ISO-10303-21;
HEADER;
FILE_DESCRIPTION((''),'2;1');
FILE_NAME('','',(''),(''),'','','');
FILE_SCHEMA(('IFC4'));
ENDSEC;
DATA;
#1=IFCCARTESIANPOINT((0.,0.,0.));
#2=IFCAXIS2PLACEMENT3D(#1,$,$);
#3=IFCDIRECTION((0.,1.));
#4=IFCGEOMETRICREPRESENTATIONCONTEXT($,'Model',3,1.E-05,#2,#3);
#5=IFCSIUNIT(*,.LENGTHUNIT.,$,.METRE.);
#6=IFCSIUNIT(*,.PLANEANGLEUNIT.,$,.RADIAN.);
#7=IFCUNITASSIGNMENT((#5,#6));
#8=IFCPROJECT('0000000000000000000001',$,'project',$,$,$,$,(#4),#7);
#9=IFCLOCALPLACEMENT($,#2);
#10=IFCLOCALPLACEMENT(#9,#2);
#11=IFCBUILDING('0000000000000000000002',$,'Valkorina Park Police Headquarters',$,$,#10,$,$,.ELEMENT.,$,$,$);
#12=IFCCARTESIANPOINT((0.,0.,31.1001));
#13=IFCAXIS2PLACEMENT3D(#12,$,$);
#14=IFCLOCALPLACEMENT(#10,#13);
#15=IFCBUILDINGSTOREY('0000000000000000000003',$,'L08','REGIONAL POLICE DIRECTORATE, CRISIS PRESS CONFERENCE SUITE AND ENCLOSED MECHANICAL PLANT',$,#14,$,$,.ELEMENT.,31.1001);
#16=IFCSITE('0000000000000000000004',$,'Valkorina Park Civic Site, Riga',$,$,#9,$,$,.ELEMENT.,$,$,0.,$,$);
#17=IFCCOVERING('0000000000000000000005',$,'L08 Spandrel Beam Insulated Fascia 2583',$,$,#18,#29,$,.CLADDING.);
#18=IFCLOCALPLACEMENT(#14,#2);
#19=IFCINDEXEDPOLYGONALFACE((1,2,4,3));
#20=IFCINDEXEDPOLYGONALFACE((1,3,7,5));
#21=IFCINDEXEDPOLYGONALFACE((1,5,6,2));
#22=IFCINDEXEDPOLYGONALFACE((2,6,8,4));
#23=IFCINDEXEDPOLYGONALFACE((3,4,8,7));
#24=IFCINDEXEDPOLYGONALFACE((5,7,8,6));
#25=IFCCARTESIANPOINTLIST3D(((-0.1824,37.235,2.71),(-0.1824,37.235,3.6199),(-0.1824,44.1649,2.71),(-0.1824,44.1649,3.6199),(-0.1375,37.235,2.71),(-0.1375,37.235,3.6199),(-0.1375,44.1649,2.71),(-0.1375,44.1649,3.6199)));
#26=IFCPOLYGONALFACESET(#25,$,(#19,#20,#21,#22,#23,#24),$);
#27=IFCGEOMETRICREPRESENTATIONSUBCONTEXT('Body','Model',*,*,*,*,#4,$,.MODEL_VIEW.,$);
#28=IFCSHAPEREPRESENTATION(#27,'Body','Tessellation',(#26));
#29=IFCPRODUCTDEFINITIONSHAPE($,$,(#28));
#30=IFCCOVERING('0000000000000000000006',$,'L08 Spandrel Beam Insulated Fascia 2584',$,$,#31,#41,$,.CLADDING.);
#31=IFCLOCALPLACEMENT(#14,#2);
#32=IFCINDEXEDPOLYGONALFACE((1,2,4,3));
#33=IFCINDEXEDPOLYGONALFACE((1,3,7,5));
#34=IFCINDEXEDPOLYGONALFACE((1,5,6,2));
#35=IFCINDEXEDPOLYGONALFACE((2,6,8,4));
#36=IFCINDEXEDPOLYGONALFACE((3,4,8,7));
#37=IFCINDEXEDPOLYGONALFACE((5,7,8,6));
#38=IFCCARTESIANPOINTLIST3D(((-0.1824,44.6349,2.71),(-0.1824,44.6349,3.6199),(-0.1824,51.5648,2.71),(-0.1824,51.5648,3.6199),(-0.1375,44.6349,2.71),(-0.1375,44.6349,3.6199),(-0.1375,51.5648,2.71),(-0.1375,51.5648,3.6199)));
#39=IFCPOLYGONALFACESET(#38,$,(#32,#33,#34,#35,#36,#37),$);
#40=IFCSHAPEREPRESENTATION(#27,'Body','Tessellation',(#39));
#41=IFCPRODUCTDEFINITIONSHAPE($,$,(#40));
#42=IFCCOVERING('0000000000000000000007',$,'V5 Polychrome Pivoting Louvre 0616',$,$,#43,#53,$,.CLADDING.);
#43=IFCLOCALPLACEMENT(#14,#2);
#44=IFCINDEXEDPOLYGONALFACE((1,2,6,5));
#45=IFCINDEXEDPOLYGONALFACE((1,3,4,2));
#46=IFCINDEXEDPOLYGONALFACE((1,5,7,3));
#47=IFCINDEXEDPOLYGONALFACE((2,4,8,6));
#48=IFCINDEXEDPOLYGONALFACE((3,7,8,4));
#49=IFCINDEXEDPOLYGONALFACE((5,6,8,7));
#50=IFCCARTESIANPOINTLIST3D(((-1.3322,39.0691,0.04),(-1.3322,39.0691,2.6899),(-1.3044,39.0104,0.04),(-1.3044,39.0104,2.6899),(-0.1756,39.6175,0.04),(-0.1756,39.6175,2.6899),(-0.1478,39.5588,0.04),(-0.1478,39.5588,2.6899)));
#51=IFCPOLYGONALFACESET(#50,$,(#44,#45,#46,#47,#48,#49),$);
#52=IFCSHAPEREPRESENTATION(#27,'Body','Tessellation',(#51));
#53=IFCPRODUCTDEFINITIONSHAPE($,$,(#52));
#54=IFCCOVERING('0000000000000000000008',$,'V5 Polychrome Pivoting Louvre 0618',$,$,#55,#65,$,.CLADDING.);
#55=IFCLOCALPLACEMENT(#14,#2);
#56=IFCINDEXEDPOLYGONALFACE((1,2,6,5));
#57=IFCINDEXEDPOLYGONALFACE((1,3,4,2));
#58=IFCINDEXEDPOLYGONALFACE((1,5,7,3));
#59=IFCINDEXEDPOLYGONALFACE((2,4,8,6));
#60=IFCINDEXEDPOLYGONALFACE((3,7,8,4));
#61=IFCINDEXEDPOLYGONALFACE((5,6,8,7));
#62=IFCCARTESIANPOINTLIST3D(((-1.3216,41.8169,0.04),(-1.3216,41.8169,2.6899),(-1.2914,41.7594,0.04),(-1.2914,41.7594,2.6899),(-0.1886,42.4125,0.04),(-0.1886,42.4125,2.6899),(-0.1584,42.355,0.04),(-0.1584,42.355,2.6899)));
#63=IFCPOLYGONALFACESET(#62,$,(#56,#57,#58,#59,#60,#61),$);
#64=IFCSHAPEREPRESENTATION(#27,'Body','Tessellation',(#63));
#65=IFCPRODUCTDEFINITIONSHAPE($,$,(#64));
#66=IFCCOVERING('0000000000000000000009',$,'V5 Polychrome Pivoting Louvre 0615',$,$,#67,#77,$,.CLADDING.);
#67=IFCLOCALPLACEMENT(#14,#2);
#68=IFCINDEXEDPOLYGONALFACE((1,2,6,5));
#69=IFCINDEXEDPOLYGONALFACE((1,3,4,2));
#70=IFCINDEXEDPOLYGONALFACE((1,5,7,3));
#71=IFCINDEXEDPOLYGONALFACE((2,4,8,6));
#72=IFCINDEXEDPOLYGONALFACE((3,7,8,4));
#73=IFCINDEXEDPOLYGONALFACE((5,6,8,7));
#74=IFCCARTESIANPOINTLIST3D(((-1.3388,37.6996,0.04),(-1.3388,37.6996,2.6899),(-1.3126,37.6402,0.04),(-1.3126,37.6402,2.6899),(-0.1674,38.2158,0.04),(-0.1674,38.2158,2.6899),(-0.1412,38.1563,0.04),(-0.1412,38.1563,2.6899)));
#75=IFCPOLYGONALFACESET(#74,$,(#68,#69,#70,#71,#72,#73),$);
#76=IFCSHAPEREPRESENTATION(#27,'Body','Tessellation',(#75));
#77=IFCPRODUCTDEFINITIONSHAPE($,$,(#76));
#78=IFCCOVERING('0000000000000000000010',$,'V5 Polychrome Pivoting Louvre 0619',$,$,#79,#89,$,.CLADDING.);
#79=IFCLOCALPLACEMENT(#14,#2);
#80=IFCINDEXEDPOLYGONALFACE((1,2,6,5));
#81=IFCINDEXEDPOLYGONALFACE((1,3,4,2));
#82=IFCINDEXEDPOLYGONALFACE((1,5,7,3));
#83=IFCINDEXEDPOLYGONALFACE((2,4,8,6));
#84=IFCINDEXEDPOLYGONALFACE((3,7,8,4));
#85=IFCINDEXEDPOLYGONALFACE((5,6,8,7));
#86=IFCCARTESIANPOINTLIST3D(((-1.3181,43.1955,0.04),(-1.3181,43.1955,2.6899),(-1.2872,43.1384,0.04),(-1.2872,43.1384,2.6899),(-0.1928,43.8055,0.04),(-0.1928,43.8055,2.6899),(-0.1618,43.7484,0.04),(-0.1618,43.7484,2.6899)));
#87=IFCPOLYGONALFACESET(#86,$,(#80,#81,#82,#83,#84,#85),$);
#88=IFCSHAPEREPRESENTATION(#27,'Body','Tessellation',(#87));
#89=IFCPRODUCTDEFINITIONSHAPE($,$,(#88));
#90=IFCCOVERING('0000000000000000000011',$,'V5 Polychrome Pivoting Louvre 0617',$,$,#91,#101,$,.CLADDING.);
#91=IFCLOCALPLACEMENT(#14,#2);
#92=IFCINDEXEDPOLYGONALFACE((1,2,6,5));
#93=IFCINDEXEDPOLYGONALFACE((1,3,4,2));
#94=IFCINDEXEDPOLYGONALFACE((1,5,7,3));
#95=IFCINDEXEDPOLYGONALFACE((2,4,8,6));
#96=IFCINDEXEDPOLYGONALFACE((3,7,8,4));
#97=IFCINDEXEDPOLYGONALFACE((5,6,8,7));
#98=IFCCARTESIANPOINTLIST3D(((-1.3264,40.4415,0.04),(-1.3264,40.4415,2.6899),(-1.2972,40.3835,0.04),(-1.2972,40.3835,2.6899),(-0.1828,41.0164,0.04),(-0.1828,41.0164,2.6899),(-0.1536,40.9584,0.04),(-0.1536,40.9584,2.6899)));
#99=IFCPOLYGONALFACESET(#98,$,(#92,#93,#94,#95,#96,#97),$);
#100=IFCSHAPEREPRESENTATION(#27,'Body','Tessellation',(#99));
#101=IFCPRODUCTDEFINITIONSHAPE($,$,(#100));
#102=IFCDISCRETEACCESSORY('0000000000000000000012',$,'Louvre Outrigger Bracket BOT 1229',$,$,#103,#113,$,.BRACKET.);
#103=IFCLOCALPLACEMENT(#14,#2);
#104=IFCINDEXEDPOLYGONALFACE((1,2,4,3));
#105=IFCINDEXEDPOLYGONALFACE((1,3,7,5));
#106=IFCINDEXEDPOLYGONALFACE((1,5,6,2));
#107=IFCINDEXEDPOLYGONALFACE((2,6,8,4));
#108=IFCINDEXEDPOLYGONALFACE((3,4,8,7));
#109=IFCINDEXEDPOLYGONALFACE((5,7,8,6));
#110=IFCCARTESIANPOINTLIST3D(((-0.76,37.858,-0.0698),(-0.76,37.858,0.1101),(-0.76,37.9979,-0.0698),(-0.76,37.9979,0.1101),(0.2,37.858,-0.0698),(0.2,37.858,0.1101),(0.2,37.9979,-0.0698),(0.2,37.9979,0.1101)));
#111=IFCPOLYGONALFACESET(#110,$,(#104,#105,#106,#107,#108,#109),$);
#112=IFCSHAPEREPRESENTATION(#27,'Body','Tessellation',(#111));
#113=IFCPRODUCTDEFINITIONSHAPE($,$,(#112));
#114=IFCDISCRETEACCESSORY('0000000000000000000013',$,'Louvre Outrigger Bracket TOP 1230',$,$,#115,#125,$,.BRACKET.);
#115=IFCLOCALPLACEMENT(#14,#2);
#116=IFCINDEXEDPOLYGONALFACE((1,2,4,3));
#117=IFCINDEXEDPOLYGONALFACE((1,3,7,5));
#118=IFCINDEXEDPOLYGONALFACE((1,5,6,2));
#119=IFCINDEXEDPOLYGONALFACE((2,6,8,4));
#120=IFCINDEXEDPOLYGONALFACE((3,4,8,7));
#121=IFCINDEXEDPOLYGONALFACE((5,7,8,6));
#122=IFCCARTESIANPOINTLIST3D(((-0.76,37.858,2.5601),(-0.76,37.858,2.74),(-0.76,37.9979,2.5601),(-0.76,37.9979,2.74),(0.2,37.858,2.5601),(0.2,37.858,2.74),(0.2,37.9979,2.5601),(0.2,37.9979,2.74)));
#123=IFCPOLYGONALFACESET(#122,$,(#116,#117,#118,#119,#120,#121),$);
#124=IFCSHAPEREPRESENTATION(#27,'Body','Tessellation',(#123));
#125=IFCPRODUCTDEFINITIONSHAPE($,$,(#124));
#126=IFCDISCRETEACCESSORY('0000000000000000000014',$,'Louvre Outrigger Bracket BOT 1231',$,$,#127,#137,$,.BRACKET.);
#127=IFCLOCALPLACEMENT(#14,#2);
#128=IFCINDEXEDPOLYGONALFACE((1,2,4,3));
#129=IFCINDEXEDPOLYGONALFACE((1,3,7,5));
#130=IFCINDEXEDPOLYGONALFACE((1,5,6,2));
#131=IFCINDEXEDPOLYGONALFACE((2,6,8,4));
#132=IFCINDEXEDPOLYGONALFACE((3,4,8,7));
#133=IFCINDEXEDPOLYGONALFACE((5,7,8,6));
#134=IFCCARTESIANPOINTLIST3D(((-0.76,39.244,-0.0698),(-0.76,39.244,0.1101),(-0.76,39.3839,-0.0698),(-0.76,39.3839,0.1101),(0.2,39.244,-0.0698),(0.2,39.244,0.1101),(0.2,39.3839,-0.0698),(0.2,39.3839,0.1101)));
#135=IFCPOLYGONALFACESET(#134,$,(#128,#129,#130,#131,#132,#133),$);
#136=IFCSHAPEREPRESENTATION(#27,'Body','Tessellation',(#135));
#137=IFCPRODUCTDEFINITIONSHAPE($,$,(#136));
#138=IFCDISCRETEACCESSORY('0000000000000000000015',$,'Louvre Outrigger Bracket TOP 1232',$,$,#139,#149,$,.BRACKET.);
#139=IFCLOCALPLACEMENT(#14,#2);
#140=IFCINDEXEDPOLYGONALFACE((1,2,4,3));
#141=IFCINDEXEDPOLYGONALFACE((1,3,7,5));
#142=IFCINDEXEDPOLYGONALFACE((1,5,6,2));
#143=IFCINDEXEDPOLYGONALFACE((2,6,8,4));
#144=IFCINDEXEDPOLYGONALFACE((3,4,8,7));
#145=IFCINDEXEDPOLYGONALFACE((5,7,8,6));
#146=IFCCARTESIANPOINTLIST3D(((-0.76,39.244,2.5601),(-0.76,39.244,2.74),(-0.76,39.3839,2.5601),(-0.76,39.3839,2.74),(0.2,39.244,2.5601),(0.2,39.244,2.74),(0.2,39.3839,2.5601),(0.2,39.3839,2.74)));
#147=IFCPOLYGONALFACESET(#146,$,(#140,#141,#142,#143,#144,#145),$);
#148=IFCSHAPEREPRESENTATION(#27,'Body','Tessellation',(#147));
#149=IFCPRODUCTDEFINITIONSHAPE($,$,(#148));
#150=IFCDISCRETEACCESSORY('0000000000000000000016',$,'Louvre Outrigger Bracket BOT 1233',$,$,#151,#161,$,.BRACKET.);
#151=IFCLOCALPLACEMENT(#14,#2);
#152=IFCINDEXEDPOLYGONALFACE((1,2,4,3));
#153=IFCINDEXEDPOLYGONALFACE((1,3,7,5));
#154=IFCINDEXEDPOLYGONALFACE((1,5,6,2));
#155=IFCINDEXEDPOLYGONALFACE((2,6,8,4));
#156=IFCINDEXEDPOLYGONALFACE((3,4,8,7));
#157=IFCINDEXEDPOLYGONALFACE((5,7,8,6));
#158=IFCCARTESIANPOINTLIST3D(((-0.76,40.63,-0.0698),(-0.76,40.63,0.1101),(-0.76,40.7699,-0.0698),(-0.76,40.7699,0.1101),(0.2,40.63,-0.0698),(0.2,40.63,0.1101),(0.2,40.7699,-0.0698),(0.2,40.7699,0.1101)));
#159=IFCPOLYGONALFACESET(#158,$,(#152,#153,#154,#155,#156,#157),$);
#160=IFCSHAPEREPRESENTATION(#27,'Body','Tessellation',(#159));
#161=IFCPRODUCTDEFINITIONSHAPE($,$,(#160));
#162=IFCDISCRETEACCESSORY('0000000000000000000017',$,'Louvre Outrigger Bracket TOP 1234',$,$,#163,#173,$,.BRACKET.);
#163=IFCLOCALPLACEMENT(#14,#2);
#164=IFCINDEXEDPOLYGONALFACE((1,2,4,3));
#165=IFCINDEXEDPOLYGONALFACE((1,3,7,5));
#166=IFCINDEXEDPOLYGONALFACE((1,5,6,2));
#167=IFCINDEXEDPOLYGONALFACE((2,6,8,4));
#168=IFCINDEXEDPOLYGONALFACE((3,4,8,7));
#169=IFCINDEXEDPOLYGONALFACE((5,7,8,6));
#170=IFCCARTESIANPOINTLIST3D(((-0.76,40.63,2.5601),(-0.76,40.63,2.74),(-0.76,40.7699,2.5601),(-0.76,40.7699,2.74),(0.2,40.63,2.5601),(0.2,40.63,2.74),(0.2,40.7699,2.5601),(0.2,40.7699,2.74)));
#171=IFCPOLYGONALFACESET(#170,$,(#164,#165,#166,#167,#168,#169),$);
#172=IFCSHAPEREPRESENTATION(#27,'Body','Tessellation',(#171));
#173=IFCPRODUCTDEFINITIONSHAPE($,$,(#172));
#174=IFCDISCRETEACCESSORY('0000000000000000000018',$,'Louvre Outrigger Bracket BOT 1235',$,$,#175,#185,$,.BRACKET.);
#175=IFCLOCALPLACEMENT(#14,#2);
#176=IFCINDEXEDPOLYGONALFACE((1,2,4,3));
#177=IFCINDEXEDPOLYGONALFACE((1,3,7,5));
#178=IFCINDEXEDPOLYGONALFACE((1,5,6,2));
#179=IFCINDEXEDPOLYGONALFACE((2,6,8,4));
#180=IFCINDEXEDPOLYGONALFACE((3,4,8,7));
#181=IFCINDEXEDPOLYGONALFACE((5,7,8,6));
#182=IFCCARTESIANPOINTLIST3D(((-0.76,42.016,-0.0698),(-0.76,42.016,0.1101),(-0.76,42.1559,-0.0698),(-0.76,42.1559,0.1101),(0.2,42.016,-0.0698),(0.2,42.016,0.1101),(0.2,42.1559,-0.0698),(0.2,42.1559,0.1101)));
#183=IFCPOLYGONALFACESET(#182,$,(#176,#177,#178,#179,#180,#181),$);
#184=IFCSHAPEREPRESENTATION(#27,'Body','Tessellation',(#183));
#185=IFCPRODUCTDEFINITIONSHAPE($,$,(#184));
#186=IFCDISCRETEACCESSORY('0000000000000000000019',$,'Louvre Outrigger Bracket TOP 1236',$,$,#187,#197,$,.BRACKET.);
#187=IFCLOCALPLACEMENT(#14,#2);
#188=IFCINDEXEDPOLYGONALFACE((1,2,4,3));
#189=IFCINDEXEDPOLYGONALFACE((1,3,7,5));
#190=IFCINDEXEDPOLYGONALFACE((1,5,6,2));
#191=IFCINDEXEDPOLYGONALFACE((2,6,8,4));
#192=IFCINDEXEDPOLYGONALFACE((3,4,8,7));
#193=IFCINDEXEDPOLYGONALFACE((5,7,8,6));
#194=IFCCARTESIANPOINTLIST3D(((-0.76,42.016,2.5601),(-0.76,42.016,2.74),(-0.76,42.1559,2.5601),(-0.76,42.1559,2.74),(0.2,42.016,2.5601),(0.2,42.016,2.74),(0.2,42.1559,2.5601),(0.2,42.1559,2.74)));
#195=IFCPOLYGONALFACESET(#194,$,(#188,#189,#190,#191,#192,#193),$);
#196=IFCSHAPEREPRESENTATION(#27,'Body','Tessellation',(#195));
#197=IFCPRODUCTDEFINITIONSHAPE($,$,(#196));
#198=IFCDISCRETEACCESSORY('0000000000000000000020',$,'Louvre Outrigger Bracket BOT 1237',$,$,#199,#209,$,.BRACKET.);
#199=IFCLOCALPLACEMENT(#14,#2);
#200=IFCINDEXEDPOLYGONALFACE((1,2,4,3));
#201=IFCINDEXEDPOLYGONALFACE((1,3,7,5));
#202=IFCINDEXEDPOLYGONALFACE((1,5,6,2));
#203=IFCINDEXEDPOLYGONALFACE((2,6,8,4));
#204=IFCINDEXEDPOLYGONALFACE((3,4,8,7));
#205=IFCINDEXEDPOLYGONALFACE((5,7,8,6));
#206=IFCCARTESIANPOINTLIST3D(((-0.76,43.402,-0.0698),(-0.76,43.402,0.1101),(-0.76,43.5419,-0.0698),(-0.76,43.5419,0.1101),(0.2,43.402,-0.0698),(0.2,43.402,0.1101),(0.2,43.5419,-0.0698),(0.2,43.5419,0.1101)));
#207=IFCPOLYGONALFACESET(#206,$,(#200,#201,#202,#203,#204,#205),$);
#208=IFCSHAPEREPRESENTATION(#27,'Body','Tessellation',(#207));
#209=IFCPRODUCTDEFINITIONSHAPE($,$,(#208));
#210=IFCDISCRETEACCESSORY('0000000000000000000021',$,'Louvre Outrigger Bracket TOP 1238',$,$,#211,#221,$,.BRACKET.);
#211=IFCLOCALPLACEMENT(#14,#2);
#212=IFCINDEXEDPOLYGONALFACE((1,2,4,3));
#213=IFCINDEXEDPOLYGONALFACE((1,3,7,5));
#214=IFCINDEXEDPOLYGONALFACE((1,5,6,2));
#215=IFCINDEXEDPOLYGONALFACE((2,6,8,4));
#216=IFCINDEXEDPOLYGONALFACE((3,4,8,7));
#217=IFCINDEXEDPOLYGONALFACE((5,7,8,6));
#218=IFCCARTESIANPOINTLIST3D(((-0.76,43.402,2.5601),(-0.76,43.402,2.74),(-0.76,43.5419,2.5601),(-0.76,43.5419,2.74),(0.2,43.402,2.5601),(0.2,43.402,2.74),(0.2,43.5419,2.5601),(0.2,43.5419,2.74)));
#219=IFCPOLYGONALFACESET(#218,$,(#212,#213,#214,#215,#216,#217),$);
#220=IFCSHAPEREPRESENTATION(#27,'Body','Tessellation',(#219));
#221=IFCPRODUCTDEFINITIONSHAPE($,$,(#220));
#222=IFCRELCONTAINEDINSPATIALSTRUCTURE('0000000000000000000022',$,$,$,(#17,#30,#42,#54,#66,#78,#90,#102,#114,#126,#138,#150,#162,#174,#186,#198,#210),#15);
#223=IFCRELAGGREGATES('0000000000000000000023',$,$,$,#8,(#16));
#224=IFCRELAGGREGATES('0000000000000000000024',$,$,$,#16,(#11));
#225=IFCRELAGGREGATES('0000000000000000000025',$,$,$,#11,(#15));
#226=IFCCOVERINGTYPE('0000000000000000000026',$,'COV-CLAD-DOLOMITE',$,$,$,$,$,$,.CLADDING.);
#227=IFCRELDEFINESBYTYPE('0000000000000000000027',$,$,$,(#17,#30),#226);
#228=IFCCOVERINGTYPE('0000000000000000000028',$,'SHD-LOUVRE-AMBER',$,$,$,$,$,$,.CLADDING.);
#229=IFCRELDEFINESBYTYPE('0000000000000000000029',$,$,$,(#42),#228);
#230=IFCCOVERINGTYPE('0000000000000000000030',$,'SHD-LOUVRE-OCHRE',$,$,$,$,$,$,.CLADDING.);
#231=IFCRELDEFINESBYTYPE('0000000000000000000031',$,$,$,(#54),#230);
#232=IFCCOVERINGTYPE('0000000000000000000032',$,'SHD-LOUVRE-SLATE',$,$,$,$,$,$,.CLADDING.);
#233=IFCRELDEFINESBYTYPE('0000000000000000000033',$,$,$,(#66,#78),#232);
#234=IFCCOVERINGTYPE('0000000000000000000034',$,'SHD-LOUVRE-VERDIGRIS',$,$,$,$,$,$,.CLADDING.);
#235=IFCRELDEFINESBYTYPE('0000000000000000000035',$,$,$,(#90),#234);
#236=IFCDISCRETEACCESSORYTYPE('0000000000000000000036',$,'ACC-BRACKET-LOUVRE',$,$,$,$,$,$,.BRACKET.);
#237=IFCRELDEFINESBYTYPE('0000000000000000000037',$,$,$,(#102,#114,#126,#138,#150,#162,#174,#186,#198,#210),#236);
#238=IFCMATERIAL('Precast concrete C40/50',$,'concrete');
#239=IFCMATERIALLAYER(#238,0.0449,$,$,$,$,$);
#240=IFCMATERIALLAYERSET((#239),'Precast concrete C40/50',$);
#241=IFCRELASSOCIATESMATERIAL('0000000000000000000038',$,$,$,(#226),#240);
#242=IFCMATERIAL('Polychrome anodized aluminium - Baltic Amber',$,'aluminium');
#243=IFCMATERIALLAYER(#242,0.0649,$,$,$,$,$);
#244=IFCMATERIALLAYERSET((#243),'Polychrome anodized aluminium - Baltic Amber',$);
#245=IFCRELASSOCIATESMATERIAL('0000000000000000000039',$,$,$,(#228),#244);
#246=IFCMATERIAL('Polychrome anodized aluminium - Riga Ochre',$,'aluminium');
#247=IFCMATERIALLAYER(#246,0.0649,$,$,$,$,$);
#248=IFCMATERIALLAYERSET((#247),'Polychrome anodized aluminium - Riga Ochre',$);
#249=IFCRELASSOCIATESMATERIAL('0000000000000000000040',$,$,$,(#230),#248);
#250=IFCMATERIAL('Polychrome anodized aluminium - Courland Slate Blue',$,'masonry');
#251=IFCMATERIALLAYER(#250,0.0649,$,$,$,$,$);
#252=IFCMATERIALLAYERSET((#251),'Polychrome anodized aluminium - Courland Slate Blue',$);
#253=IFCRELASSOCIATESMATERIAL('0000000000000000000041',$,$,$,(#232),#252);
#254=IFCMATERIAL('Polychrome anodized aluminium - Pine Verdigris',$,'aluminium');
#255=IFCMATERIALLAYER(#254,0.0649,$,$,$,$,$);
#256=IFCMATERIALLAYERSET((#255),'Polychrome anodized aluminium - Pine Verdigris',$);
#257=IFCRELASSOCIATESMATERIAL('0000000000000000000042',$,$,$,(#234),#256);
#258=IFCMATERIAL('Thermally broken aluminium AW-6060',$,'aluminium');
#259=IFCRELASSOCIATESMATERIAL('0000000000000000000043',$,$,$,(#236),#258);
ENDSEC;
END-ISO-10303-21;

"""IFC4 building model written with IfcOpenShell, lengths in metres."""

from ifc_helpers import new_model, si_unit, direction, frame, frame_2d, origin, origin_2d, place, context, subcontext, project, spatial, rectangle, extrude, material, layer, layer_set, type_object, element, save


model = new_model("IFC4")

# Units and contexts
model_context = context("Model", 3, precision=1e-05, world=origin(), true_north=direction((0.0, 1.0)))
body_context = subcontext(model_context, "Body", "Model", "MODEL_VIEW")
ifc_project = project(units=[si_unit("LENGTHUNIT", "METRE"), si_unit("PLANEANGLEUNIT", "RADIAN")], contexts=[model_context])

# Site, building, storey
site_placement = place(None, origin())
site = spatial("IfcSite", under=ifc_project, at=site_placement, Name="Valkorina Park Civic Site, Riga", CompositionType="ELEMENT", RefElevation=0.0)
building_placement = place(site_placement, origin())
building = spatial("IfcBuilding", under=site, at=building_placement, Name="Valkorina Park Police Headquarters", CompositionType="ELEMENT")
storey_placement = place(building_placement, frame((0.0, 0.0, 31.1001)))
storey = spatial("IfcBuildingStorey", under=building, at=storey_placement, Name="L08", Description="REGIONAL POLICE DIRECTORATE, CRISIS PRESS CONFERENCE SUITE AND ENCLOSED MECHANICAL PLANT", CompositionType="ELEMENT", Elevation=31.1001)

# Shared definitions
ifc_material_1 = material(Name="Thermally broken aluminium AW-6060", Category="aluminium")

# Coverings
ifc_material_2 = material(Name="Precast concrete C40/50", Category="concrete")
ifc_layer_1 = layer(ifc_material_2, 0.0449)
ifc_layer_set_1 = layer_set([ifc_layer_1], Name="Precast concrete C40/50")
covering_type_1 = type_object("IfcCoveringType", Name="COV-CLAD-DOLOMITE", PredefinedType="CLADDING", material=ifc_layer_set_1)
for number, where, z_axis, x_axis, name in (
    (1, (-0.1599, 37.2351, 2.71), (0.0, 0.0, 1.0), (0.0, 1.0, 0.0), "L08 Spandrel Beam Insulated Fascia 2583"),
    (2, (-0.1599, 44.635, 2.71), (0.0, 0.0, 1.0), (0.0, 1.0, 0.0), "L08 Spandrel Beam Insulated Fascia 2584"),
):
    element("IfcCovering", number, at=place(storey_placement, frame(where, z_axis=z_axis, x_axis=x_axis)), inside=storey, type_object=covering_type_1, Name=name, PredefinedType="CLADDING", context=body_context, shape_type="SweptSolid", body=[
        extrude(rectangle(XDim=6.9299, YDim=0.0449, at=frame_2d((3.4648, 0.0))), origin(), (0.0, 0.0, 1.0), 0.9099),
    ])
ifc_material_3 = material(Name="Polychrome anodized aluminium - Baltic Amber", Category="aluminium")
ifc_layer_2 = layer(ifc_material_3, 0.0649)
ifc_layer_set_2 = layer_set([ifc_layer_2], Name="Polychrome anodized aluminium - Baltic Amber")
covering_type_2 = type_object("IfcCoveringType", Name="SHD-LOUVRE-AMBER", PredefinedType="CLADDING", material=ifc_layer_set_2)
covering_1_placement = place(storey_placement, frame((-0.74, 39.314, 0.04), z_axis=(0.0, 0.0, 1.0), x_axis=(-0.90356, -0.428462, 0.0)))
element("IfcCovering", 3, at=covering_1_placement, inside=storey, type_object=covering_type_2, Name="V5 Polychrome Pivoting Louvre 0616", PredefinedType="CLADDING", context=body_context, shape_type="SweptSolid", body=[
    extrude(rectangle(XDim=1.28, YDim=0.0649, at=origin_2d()), origin(), (0.0, 0.0, 1.0), 2.6499),
])
ifc_material_4 = material(Name="Polychrome anodized aluminium - Riga Ochre", Category="aluminium")
ifc_layer_3 = layer(ifc_material_4, 0.0649)
ifc_layer_set_3 = layer_set([ifc_layer_3], Name="Polychrome anodized aluminium - Riga Ochre")
covering_type_3 = type_object("IfcCoveringType", Name="SHD-LOUVRE-OCHRE", PredefinedType="CLADDING", material=ifc_layer_set_3)
covering_2_placement = place(storey_placement, frame((-0.74, 42.0859, 0.04), z_axis=(0.0, 0.0, 1.0), x_axis=(-0.88515, -0.465306, 0.0)))
element("IfcCovering", 4, at=covering_2_placement, inside=storey, type_object=covering_type_3, Name="V5 Polychrome Pivoting Louvre 0618", PredefinedType="CLADDING", context=body_context, shape_type="SweptSolid", body=[
    extrude(rectangle(XDim=1.28, YDim=0.0649, at=origin_2d()), origin(), (0.0, 0.0, 1.0), 2.6499),
])
ifc_material_5 = material(Name="Polychrome anodized aluminium - Courland Slate Blue", Category="masonry")
ifc_layer_4 = layer(ifc_material_5, 0.0649)
ifc_layer_set_4 = layer_set([ifc_layer_4], Name="Polychrome anodized aluminium - Courland Slate Blue")
covering_type_4 = type_object("IfcCoveringType", Name="SHD-LOUVRE-SLATE", PredefinedType="CLADDING", material=ifc_layer_set_4)
for number, where, z_axis, x_axis, name in (
    (5, (-0.74, 37.928, 0.04), (0.0, 0.0, 1.0), (-0.9151, -0.403226, 0.0), "V5 Polychrome Pivoting Louvre 0615"),
    (6, (-0.74, 43.4719, 0.04), (0.0, 0.0, 1.0), (-0.87915, -0.476545, 0.0), "V5 Polychrome Pivoting Louvre 0619"),
):
    element("IfcCovering", number, at=place(storey_placement, frame(where, z_axis=z_axis, x_axis=x_axis)), inside=storey, type_object=covering_type_4, Name=name, PredefinedType="CLADDING", context=body_context, shape_type="SweptSolid", body=[
        extrude(rectangle(XDim=1.28, YDim=0.0649, at=origin_2d()), origin(), (0.0, 0.0, 1.0), 2.6499),
    ])
ifc_material_6 = material(Name="Polychrome anodized aluminium - Pine Verdigris", Category="aluminium")
ifc_layer_5 = layer(ifc_material_6, 0.0649)
ifc_layer_set_5 = layer_set([ifc_layer_5], Name="Polychrome anodized aluminium - Pine Verdigris")
covering_type_5 = type_object("IfcCoveringType", Name="SHD-LOUVRE-VERDIGRIS", PredefinedType="CLADDING", material=ifc_layer_set_5)
covering_3_placement = place(storey_placement, frame((-0.74, 40.7, 0.04), z_axis=(0.0, 0.0, 1.0), x_axis=(-0.89345, -0.449163, 0.0)))
element("IfcCovering", 7, at=covering_3_placement, inside=storey, type_object=covering_type_5, Name="V5 Polychrome Pivoting Louvre 0617", PredefinedType="CLADDING", context=body_context, shape_type="SweptSolid", body=[
    extrude(rectangle(XDim=1.28, YDim=0.0649, at=origin_2d()), origin(), (0.0, 0.0, 1.0), 2.6499),
])

# Discrete accessories
discrete_accessory_type = type_object("IfcDiscreteAccessoryType", Name="ACC-BRACKET-LOUVRE", PredefinedType="BRACKET", material=ifc_material_1)
for number, where, z_axis, x_axis, name in (
    (8, (-0.28, 37.928, -0.0698), (0.0, 0.0, 1.0), (-1.0, 0.0, 0.0), "Louvre Outrigger Bracket BOT 1229"),
    (9, (-0.28, 37.928, 2.5601), (0.0, 0.0, 1.0), (-1.0, 0.0, 0.0), "Louvre Outrigger Bracket TOP 1230"),
    (10, (-0.28, 39.314, -0.0698), (0.0, 0.0, 1.0), (-1.0, 0.0, 0.0), "Louvre Outrigger Bracket BOT 1231"),
    (11, (-0.28, 39.314, 2.5601), (0.0, 0.0, 1.0), (-1.0, 0.0, 0.0), "Louvre Outrigger Bracket TOP 1232"),
    (12, (-0.28, 40.7, -0.0698), (0.0, 0.0, 1.0), (-1.0, 0.0, 0.0), "Louvre Outrigger Bracket BOT 1233"),
    (13, (-0.28, 40.7, 2.5601), (0.0, 0.0, 1.0), (-1.0, 0.0, 0.0), "Louvre Outrigger Bracket TOP 1234"),
    (14, (-0.28, 42.0859, -0.0698), (0.0, 0.0, 1.0), (-1.0, 0.0, 0.0), "Louvre Outrigger Bracket BOT 1235"),
    (15, (-0.28, 42.0859, 2.5601), (0.0, 0.0, 1.0), (-1.0, 0.0, 0.0), "Louvre Outrigger Bracket TOP 1236"),
    (16, (-0.28, 43.4719, -0.0698), (0.0, 0.0, 1.0), (-1.0, 0.0, 0.0), "Louvre Outrigger Bracket BOT 1237"),
    (17, (-0.28, 43.4719, 2.5601), (0.0, 0.0, 1.0), (-1.0, 0.0, 0.0), "Louvre Outrigger Bracket TOP 1238"),
):
    element("IfcDiscreteAccessory", number, at=place(storey_placement, frame(where, z_axis=z_axis, x_axis=x_axis)), inside=storey, type_object=discrete_accessory_type, Name=name, PredefinedType="BRACKET", context=body_context, shape_type="SweptSolid", body=[
        extrude(rectangle(XDim=0.96, YDim=0.1399, at=origin_2d()), origin(), (0.0, 0.0, 1.0), 0.1799),
    ])

save(model, "model.ifc")
